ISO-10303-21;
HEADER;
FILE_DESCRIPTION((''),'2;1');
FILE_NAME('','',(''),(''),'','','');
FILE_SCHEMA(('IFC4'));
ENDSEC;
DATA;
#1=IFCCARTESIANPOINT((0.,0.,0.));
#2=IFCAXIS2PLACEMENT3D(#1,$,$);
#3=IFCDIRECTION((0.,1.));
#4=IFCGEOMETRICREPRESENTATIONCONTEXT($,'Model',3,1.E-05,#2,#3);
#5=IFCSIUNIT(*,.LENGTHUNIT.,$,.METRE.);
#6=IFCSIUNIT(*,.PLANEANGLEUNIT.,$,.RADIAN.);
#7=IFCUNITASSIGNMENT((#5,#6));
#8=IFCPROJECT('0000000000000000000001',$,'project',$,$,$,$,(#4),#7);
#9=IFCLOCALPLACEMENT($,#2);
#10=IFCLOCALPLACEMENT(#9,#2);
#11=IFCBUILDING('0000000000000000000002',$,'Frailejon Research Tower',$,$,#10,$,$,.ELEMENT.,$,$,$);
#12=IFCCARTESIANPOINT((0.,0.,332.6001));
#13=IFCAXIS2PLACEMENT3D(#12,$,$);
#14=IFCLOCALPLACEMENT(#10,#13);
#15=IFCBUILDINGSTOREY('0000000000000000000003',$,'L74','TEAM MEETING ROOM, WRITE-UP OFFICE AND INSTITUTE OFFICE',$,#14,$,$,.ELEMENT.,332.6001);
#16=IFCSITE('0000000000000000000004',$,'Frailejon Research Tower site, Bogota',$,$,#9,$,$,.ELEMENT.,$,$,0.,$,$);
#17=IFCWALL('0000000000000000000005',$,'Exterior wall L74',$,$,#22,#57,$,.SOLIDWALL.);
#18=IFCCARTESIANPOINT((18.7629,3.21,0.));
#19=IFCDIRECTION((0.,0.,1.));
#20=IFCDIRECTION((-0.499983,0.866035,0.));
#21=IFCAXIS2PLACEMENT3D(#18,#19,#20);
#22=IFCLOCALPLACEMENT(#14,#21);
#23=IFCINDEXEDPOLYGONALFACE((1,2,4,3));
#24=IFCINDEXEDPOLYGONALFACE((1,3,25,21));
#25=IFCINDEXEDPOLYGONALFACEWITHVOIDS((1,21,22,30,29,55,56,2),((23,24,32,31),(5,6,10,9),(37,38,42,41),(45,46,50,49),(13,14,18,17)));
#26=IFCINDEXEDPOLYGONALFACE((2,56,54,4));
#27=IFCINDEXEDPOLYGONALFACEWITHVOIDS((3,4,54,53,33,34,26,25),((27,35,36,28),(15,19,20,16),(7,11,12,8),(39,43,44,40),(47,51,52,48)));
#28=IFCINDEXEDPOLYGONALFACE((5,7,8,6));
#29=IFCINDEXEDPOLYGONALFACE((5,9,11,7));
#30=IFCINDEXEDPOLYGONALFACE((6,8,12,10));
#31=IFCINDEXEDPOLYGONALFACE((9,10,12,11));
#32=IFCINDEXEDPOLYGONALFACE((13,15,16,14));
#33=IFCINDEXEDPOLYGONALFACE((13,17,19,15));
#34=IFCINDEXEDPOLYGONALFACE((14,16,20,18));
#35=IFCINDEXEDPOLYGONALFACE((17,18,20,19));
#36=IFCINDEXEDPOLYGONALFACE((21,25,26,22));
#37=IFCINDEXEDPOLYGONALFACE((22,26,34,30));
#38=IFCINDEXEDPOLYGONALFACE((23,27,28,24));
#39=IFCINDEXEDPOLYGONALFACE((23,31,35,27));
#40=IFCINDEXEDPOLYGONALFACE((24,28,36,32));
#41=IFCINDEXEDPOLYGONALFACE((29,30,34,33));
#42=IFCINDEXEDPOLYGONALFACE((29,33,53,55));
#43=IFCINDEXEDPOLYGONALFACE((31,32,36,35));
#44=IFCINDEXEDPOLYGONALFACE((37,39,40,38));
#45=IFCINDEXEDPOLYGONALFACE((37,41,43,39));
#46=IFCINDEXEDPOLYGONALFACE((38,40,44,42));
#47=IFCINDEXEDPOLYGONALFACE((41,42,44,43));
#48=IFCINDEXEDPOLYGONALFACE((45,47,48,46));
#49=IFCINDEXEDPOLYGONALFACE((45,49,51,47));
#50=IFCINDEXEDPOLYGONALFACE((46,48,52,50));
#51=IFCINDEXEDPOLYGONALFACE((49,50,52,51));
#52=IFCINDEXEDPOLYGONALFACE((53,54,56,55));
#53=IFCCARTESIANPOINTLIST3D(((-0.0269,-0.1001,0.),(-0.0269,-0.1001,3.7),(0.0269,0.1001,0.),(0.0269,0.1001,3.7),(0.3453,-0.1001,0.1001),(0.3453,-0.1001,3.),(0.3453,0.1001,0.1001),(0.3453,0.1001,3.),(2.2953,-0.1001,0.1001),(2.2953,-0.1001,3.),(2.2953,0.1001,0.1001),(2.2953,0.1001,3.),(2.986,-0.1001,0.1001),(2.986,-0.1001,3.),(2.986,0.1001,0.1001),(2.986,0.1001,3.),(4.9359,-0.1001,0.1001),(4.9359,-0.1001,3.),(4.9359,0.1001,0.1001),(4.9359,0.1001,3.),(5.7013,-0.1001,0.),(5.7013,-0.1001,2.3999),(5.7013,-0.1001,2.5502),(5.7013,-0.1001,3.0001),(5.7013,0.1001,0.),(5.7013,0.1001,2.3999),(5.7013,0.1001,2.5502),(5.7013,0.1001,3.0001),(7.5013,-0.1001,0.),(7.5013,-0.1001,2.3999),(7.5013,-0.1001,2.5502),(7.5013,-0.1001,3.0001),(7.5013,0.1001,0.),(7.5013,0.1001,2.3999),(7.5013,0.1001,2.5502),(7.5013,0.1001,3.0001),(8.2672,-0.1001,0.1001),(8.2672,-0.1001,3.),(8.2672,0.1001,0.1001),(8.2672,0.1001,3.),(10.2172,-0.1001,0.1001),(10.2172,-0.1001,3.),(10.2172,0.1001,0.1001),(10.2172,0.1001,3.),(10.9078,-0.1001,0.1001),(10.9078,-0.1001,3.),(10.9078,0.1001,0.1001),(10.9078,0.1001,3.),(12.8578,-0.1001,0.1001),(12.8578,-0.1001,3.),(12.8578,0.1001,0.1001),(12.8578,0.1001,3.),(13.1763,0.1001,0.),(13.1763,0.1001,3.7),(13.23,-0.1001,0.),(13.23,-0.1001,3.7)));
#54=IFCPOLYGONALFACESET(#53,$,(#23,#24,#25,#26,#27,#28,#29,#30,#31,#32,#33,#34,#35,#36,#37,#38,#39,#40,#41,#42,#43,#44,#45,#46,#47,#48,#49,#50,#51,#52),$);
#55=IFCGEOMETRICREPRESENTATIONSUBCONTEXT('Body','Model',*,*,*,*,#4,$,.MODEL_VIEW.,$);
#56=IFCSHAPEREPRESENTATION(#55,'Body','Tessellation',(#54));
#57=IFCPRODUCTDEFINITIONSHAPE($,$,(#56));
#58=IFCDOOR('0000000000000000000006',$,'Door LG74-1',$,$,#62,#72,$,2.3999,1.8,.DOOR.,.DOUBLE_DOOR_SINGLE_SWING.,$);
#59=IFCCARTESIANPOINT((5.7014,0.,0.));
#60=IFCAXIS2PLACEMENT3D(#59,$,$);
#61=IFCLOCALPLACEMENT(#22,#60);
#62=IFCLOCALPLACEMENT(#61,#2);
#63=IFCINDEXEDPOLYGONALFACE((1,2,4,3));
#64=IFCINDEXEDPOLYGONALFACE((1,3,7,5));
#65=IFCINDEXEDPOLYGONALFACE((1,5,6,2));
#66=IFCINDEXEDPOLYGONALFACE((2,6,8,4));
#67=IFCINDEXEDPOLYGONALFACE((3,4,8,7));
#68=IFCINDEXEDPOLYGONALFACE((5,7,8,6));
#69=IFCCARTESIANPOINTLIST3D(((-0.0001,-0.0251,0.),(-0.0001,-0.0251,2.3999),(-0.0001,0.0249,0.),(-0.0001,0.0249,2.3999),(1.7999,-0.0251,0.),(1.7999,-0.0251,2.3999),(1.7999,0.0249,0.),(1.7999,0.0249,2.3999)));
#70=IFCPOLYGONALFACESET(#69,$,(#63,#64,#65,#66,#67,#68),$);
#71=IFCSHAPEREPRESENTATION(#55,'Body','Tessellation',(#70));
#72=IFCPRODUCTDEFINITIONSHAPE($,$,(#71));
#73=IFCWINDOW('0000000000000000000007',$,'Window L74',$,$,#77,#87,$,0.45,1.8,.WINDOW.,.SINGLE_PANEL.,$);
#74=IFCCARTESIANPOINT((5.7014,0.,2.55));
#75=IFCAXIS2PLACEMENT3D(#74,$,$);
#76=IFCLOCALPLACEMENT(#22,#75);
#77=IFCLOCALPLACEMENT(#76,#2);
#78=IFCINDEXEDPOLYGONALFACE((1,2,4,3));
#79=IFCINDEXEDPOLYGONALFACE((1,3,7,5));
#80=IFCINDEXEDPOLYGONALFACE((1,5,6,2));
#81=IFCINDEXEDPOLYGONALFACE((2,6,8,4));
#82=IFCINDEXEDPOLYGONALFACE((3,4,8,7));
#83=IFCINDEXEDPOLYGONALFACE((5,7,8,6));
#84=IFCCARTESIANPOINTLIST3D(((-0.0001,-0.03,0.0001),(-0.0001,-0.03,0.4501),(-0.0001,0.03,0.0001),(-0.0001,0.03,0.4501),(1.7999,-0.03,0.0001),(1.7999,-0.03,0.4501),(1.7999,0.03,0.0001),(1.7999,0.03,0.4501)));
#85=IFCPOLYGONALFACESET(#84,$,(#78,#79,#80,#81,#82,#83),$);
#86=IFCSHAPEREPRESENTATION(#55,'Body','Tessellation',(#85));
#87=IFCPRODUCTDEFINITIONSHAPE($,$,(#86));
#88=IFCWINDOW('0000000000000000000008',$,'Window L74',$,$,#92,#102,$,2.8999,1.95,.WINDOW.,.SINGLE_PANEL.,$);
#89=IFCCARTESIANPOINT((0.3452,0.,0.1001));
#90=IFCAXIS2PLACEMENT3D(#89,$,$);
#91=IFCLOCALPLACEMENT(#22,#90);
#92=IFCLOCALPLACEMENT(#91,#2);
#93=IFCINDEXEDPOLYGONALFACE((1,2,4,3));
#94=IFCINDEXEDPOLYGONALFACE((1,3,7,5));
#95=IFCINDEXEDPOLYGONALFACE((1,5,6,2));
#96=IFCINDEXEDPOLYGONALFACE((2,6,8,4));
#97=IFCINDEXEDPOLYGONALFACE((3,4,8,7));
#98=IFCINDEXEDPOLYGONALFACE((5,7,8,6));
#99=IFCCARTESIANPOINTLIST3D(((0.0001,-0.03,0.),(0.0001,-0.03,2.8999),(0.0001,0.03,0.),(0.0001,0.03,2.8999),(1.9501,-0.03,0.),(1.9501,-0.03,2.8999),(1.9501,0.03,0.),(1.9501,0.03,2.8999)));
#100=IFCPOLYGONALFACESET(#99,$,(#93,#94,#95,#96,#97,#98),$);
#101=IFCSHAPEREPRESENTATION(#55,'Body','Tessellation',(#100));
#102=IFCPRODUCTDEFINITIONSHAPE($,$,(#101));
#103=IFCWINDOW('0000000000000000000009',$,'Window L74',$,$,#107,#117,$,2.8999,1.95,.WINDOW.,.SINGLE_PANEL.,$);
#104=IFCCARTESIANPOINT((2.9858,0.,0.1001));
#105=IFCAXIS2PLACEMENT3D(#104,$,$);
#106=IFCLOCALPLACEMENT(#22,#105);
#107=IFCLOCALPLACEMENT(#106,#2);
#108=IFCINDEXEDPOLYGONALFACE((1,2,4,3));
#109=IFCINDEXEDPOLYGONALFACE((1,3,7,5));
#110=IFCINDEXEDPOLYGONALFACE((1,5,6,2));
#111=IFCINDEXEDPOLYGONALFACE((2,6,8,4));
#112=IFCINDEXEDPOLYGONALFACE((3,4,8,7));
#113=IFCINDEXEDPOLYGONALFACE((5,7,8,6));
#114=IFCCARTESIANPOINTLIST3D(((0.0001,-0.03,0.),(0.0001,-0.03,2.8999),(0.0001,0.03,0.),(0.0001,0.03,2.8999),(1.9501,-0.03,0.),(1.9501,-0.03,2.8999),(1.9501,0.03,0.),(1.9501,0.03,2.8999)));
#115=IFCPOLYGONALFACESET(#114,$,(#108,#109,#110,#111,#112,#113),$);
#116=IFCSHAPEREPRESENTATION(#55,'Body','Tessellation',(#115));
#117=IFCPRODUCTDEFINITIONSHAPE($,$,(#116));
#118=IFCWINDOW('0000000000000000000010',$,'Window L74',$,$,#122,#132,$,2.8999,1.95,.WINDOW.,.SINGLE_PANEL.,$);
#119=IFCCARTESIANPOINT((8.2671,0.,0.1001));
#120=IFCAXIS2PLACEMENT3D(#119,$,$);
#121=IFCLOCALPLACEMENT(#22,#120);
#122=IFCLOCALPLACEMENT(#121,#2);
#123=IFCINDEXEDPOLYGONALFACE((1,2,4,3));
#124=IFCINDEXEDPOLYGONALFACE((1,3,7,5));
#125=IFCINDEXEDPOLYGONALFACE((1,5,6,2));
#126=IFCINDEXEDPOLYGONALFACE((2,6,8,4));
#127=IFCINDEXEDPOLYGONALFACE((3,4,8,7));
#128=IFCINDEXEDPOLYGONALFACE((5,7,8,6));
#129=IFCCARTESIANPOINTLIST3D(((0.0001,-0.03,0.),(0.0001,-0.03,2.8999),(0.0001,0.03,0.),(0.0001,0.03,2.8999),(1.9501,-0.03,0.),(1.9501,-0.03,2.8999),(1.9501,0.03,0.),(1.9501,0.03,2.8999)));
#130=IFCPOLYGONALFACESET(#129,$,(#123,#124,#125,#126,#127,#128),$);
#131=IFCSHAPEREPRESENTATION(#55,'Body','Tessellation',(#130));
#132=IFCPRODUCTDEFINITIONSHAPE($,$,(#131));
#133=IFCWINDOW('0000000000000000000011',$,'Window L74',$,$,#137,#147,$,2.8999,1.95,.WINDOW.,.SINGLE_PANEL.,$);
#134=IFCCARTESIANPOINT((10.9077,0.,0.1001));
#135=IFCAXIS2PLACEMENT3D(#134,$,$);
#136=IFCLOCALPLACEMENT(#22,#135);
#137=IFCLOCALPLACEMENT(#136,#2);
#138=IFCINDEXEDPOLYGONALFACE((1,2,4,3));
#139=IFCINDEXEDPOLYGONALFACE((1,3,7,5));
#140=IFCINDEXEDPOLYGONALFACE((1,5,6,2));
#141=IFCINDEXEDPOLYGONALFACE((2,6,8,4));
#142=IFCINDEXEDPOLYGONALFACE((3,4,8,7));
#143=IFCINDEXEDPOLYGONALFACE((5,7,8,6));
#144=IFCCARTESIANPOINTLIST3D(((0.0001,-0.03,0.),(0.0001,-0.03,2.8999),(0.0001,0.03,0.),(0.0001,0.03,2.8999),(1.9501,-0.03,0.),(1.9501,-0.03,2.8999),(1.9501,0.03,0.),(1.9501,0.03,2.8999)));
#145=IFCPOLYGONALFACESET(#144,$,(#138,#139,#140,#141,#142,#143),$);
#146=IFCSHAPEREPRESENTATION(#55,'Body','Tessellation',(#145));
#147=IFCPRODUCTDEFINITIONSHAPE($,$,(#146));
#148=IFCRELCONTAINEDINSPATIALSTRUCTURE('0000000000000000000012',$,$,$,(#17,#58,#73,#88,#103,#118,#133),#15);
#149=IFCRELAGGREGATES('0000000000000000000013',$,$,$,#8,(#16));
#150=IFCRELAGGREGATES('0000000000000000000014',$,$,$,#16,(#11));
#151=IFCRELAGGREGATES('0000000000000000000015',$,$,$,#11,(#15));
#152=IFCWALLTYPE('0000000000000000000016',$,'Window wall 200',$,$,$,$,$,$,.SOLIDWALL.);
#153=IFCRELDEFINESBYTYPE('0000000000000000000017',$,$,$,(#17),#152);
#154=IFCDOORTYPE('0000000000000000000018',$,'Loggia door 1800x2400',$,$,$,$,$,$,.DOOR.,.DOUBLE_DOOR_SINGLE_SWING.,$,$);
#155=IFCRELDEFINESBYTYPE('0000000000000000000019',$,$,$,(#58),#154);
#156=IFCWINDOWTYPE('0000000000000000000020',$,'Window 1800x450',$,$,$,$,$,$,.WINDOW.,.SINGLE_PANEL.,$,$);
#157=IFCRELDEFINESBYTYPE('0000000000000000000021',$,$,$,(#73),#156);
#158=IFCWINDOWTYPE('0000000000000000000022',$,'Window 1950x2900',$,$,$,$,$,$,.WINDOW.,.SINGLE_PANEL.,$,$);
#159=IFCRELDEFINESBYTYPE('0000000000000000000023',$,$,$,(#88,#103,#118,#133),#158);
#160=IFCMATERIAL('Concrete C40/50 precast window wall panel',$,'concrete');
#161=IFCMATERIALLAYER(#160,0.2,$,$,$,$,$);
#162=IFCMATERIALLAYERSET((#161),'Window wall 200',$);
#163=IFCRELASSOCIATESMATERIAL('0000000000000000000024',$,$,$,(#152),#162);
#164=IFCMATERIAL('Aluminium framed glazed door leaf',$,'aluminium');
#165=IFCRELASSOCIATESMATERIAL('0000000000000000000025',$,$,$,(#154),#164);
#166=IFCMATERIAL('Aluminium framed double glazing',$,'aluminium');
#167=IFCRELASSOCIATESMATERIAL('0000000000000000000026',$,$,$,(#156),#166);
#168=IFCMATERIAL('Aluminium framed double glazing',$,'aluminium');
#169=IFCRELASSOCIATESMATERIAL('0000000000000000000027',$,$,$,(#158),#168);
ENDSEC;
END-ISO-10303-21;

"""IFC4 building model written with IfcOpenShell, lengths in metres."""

from ifc_helpers import new_model, si_unit, direction, frame, frame_2d, origin, place, context, subcontext, project, spatial, polyline, rectangle, outline, extrude, material, layer, layer_set, type_object, element, fill, save


model = new_model("IFC4")

# Units and contexts
model_context = context("Model", 3, precision=1e-05, world=origin(), true_north=direction((0.0, 1.0)))
body_context = subcontext(model_context, "Body", "Model", "MODEL_VIEW")
ifc_project = project(units=[si_unit("LENGTHUNIT", "METRE"), si_unit("PLANEANGLEUNIT", "RADIAN")], contexts=[model_context])

# Site, building, storey
site_placement = place(None, origin())
site = spatial("IfcSite", under=ifc_project, at=site_placement, Name="Frailejon Research Tower site, Bogota", CompositionType="ELEMENT", RefElevation=0.0)
building_placement = place(site_placement, origin())
building = spatial("IfcBuilding", under=site, at=building_placement, Name="Frailejon Research Tower", CompositionType="ELEMENT")
storey_placement = place(building_placement, frame((0.0, 0.0, 332.6001)))
storey = spatial("IfcBuildingStorey", under=building, at=storey_placement, Name="L74", Description="TEAM MEETING ROOM, WRITE-UP OFFICE AND INSTITUTE OFFICE", CompositionType="ELEMENT", Elevation=332.6001)

# Wall, openings, door, windows
ifc_material_1 = material(Name="Concrete C40/50 precast window wall panel", Category="concrete")
ifc_layer_1 = layer(ifc_material_1, 0.2)
ifc_layer_set_1 = layer_set([ifc_layer_1], Name="Window wall 200")
wall_type = type_object("IfcWallType", Name="Window wall 200", PredefinedType="SOLIDWALL", material=ifc_layer_set_1)
wall_placement = place(storey_placement, frame((18.7629, 3.21, 0.0), z_axis=(0.0, 0.0, 1.0), x_axis=(-0.499983, 0.866035, 0.0)))
wall = element("IfcWall", 1, at=wall_placement, inside=storey, type_object=wall_type, Name="Exterior wall L74", PredefinedType="SOLIDWALL", context=body_context, shape_type="SweptSolid", body=[
    extrude(outline(polyline([(-0.0269, -0.1001), (0.9929, -0.1001), (2.0127, -0.1001), (3.0325, -0.1001), (4.0522, -0.1001), (5.072, -0.1001), (6.0918, -0.1001), (7.1113, -0.1001), (8.1311, -0.1001), (9.1509, -0.1001), (10.1707, -0.1001), (11.1904, -0.1001), (12.2102, -0.1001), (13.23, -0.1001), (13.1763, 0.1001), (12.1648, 0.1001), (11.1533, 0.1001), (10.1418, 0.1001), (9.1304, 0.1001), (8.1189, 0.1001), (7.1074, 0.1001), (6.0957, 0.1001), (5.0842, 0.1001), (4.0728, 0.1001), (3.0613, 0.1001), (2.0498, 0.1001), (1.0383, 0.1001), (0.0269, 0.1001), (-0.0269, -0.1001)])), origin(), (0.0, 0.0, 1.0), 3.7),
])
opening_1_placement = place(wall_placement, frame((0.3452, 0.0, 0.1001)))
opening_1 = element("IfcOpeningElement", 2, at=opening_1_placement, cuts=wall, PredefinedType="OPENING", context=body_context, shape_type="SweptSolid", body=[
    extrude(rectangle(XDim=1.95, YDim=2.8999, at=frame_2d((0.9751, 1.45))), frame((0.0, 0.1099, 0.0), z_axis=(0.0, -1.0, 0.0), x_axis=(1.0, 0.0, 0.0)), (0.0, 0.0, 1.0), 0.22),
])
opening_2_placement = place(wall_placement, frame((2.9858, 0.0, 0.1001)))
opening_2 = element("IfcOpeningElement", 3, at=opening_2_placement, cuts=wall, PredefinedType="OPENING", context=body_context, shape_type="SweptSolid", body=[
    extrude(rectangle(XDim=1.95, YDim=2.8999, at=frame_2d((0.9751, 1.45))), frame((0.0, 0.1099, 0.0), z_axis=(0.0, -1.0, 0.0), x_axis=(1.0, 0.0, 0.0)), (0.0, 0.0, 1.0), 0.22),
])
opening_3_placement = place(wall_placement, frame((5.7014, 0.0, 0.0)))
opening_3 = element("IfcOpeningElement", 4, at=opening_3_placement, cuts=wall, PredefinedType="OPENING", context=body_context, shape_type="SweptSolid", body=[
    extrude(rectangle(XDim=1.8, YDim=2.3999, at=frame_2d((0.8999, 1.2))), frame((0.0, 0.1099, 0.0), z_axis=(0.0, -1.0, 0.0), x_axis=(1.0, 0.0, 0.0)), (0.0, 0.0, 1.0), 0.22),
])
opening_4_placement = place(wall_placement, frame((5.7014, 0.0, 2.55)))
opening_4 = element("IfcOpeningElement", 5, at=opening_4_placement, cuts=wall, PredefinedType="OPENING", context=body_context, shape_type="SweptSolid", body=[
    extrude(rectangle(XDim=1.8, YDim=0.45, at=frame_2d((0.8999, 0.2251))), frame((0.0, 0.1099, 0.0), z_axis=(0.0, -1.0, 0.0), x_axis=(1.0, 0.0, 0.0)), (0.0, 0.0, 1.0), 0.22),
])
opening_5_placement = place(wall_placement, frame((8.2671, 0.0, 0.1001)))
opening_5 = element("IfcOpeningElement", 6, at=opening_5_placement, cuts=wall, PredefinedType="OPENING", context=body_context, shape_type="SweptSolid", body=[
    extrude(rectangle(XDim=1.95, YDim=2.8999, at=frame_2d((0.9751, 1.45))), frame((0.0, 0.1099, 0.0), z_axis=(0.0, -1.0, 0.0), x_axis=(1.0, 0.0, 0.0)), (0.0, 0.0, 1.0), 0.22),
])
opening_6_placement = place(wall_placement, frame((10.9077, 0.0, 0.1001)))
opening_6 = element("IfcOpeningElement", 7, at=opening_6_placement, cuts=wall, PredefinedType="OPENING", context=body_context, shape_type="SweptSolid", body=[
    extrude(rectangle(XDim=1.95, YDim=2.8999, at=frame_2d((0.9751, 1.45))), frame((0.0, 0.1099, 0.0), z_axis=(0.0, -1.0, 0.0), x_axis=(1.0, 0.0, 0.0)), (0.0, 0.0, 1.0), 0.22),
])
ifc_material_2 = material(Name="Aluminium framed glazed door leaf", Category="aluminium")
door_type = type_object("IfcDoorType", Name="Loggia door 1800x2400", OperationType="DOUBLE_DOOR_SINGLE_SWING", PredefinedType="DOOR", material=ifc_material_2)
door_placement = place(opening_3_placement, origin())
door = element("IfcDoor", 8, at=door_placement, inside=storey, type_object=door_type, Name="Door LG74-1", OperationType="DOUBLE_DOOR_SINGLE_SWING", OverallHeight=2.3999, OverallWidth=1.8, PredefinedType="DOOR", context=body_context, shape_type="SweptSolid", body=[
    extrude(rectangle(XDim=1.8, YDim=2.3999, at=frame_2d((0.8999, 1.2))), frame((0.0, 0.0249, 0.0), z_axis=(0.0, -1.0, 0.0), x_axis=(1.0, 0.0, 0.0)), (0.0, 0.0, 1.0), 0.05),
])
fill(opening_3, door)
ifc_material_3 = material(Name="Aluminium framed double glazing", Category="aluminium")
window_type_1 = type_object("IfcWindowType", Name="Window 1800x450", PartitioningType="SINGLE_PANEL", PredefinedType="WINDOW", material=ifc_material_3)
window_1_placement = place(opening_4_placement, origin())
window_1 = element("IfcWindow", 9, at=window_1_placement, inside=storey, type_object=window_type_1, Name="Window L74", OverallHeight=0.45, OverallWidth=1.8, PartitioningType="SINGLE_PANEL", PredefinedType="WINDOW", context=body_context, shape_type="SweptSolid", body=[
    extrude(rectangle(XDim=1.8, YDim=0.45, at=frame_2d((0.8999, 0.2251))), frame((0.0, 0.03, 0.0), z_axis=(0.0, -1.0, 0.0), x_axis=(1.0, 0.0, 0.0)), (0.0, 0.0, 1.0), 0.0601),
])
fill(opening_4, window_1)
ifc_material_4 = material(Name="Aluminium framed double glazing", Category="aluminium")
window_type_2 = type_object("IfcWindowType", Name="Window 1950x2900", PartitioningType="SINGLE_PANEL", PredefinedType="WINDOW", material=ifc_material_4)
window_2_placement = place(opening_1_placement, origin())
window_2 = element("IfcWindow", 10, at=window_2_placement, inside=storey, type_object=window_type_2, Name="Window L74", OverallHeight=2.8999, OverallWidth=1.95, PartitioningType="SINGLE_PANEL", PredefinedType="WINDOW", context=body_context, shape_type="SweptSolid", body=[
    extrude(rectangle(XDim=1.95, YDim=2.8999, at=frame_2d((0.9751, 1.45))), frame((0.0, 0.03, 0.0), z_axis=(0.0, -1.0, 0.0), x_axis=(1.0, 0.0, 0.0)), (0.0, 0.0, 1.0), 0.0601),
])
fill(opening_1, window_2)
window_3_placement = place(opening_2_placement, origin())
window_3 = element("IfcWindow", 11, at=window_3_placement, inside=storey, type_object=window_type_2, Name="Window L74", OverallHeight=2.8999, OverallWidth=1.95, PartitioningType="SINGLE_PANEL", PredefinedType="WINDOW", context=body_context, shape_type="SweptSolid", body=[
    extrude(rectangle(XDim=1.95, YDim=2.8999, at=frame_2d((0.9751, 1.45))), frame((0.0, 0.03, 0.0), z_axis=(0.0, -1.0, 0.0), x_axis=(1.0, 0.0, 0.0)), (0.0, 0.0, 1.0), 0.0601),
])
fill(opening_2, window_3)
window_4_placement = place(opening_5_placement, origin())
window_4 = element("IfcWindow", 12, at=window_4_placement, inside=storey, type_object=window_type_2, Name="Window L74", OverallHeight=2.8999, OverallWidth=1.95, PartitioningType="SINGLE_PANEL", PredefinedType="WINDOW", context=body_context, shape_type="SweptSolid", body=[
    extrude(rectangle(XDim=1.95, YDim=2.8999, at=frame_2d((0.9751, 1.45))), frame((0.0, 0.03, 0.0), z_axis=(0.0, -1.0, 0.0), x_axis=(1.0, 0.0, 0.0)), (0.0, 0.0, 1.0), 0.0601),
])
fill(opening_5, window_4)
window_5_placement = place(opening_6_placement, origin())
window_5 = element("IfcWindow", 13, at=window_5_placement, inside=storey, type_object=window_type_2, Name="Window L74", OverallHeight=2.8999, OverallWidth=1.95, PartitioningType="SINGLE_PANEL", PredefinedType="WINDOW", context=body_context, shape_type="SweptSolid", body=[
    extrude(rectangle(XDim=1.95, YDim=2.8999, at=frame_2d((0.9751, 1.45))), frame((0.0, 0.03, 0.0), z_axis=(0.0, -1.0, 0.0), x_axis=(1.0, 0.0, 0.0)), (0.0, 0.0, 1.0), 0.0601),
])
fill(opening_6, window_5)

save(model, "model.ifc")
